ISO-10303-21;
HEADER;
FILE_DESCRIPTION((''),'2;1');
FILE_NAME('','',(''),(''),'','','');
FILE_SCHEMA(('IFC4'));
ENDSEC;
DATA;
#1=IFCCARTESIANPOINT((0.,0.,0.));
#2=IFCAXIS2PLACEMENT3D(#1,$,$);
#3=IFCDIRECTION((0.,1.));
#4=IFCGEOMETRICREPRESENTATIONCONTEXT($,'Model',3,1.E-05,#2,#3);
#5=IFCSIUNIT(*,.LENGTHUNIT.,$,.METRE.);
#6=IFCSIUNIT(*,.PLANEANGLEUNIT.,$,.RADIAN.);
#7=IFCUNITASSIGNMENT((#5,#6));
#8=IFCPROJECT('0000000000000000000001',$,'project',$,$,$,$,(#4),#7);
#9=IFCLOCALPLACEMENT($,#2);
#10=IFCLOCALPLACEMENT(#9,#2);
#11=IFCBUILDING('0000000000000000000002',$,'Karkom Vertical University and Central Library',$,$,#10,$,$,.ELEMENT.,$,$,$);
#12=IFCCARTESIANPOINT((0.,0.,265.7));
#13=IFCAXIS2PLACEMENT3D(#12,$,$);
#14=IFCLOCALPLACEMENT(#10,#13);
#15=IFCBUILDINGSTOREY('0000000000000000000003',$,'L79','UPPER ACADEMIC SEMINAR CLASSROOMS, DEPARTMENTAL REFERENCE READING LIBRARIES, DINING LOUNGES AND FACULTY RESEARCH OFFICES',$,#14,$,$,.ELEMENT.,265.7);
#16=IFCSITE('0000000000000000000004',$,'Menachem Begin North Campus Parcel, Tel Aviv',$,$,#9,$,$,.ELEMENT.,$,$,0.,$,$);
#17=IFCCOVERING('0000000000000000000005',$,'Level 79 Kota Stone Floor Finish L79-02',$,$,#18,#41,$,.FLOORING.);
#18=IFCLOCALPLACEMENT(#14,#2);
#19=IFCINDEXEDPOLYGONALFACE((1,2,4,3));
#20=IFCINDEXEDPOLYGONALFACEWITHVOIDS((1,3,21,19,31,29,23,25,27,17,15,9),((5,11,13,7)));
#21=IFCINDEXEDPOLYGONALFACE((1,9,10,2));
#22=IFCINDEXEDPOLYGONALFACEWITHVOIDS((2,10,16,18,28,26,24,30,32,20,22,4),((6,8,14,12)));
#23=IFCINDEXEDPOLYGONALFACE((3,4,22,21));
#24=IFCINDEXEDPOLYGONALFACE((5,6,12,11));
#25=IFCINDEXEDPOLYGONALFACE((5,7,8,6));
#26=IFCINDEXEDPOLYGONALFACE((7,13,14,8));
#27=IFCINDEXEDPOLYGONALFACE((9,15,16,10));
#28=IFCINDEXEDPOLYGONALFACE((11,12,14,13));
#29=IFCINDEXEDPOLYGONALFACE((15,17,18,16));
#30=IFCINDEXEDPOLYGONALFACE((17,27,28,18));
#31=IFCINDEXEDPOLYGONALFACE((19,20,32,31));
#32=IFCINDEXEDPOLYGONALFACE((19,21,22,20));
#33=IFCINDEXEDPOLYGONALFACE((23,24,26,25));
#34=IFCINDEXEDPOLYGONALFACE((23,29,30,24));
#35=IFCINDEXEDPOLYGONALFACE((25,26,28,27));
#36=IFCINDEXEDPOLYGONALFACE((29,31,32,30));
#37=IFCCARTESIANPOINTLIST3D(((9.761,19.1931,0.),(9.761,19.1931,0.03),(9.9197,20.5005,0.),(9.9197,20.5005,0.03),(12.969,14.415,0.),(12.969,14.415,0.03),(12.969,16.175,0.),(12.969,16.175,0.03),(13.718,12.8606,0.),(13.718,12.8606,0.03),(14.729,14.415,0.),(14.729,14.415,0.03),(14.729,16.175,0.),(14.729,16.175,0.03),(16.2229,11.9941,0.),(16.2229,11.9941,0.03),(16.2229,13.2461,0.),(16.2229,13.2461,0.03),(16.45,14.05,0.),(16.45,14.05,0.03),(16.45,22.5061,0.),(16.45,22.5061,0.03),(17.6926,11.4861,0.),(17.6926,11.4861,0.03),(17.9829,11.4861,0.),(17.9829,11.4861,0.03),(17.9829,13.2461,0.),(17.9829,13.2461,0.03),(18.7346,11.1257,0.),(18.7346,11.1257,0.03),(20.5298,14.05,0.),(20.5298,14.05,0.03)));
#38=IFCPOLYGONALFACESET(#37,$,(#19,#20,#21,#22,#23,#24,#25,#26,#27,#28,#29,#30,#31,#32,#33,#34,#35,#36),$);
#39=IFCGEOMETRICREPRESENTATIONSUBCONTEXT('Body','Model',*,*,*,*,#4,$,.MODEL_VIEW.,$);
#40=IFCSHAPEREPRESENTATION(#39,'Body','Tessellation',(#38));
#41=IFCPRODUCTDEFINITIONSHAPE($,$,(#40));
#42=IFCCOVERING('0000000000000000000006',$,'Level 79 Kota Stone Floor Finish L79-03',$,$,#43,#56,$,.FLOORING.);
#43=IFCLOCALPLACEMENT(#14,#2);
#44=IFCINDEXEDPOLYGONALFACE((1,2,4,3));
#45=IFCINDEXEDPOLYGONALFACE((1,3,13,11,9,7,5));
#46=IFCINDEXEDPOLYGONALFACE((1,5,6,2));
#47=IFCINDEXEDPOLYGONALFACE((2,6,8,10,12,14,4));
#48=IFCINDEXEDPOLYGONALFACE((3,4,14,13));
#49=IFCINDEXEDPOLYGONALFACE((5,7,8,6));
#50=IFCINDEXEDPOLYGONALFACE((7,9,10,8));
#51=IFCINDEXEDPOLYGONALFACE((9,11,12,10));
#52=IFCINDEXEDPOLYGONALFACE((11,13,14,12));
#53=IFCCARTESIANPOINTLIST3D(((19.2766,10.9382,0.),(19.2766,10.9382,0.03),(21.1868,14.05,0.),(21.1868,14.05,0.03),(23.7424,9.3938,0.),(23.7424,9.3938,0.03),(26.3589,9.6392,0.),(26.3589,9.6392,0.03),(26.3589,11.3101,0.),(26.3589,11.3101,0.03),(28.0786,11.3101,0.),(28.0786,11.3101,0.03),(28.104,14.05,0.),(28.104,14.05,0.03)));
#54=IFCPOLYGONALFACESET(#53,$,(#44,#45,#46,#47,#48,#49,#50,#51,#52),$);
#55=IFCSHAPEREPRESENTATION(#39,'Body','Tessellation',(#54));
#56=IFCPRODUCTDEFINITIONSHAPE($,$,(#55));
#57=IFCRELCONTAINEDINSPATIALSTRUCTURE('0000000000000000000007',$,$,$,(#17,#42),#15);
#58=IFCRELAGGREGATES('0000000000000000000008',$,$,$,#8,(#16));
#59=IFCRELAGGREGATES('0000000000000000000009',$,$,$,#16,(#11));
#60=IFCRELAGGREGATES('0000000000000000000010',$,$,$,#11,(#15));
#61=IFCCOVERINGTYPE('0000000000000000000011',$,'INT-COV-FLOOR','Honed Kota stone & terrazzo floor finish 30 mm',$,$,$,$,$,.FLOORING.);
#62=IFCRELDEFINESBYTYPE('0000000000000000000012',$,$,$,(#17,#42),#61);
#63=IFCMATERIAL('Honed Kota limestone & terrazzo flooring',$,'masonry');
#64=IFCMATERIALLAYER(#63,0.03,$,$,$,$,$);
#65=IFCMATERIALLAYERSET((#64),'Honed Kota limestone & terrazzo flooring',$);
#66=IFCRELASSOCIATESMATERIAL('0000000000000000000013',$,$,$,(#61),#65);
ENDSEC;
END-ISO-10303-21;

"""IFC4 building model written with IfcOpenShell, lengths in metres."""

from ifc_helpers import new_model, si_unit, direction, frame, origin, place, context, subcontext, project, spatial, polyline, outline, extrude, material, layer, layer_set, type_object, element, save


model = new_model("IFC4")

# Units and contexts
model_context = context("Model", 3, precision=1e-05, world=origin(), true_north=direction((0.0, 1.0)))
body_context = subcontext(model_context, "Body", "Model", "MODEL_VIEW")
ifc_project = project(units=[si_unit("LENGTHUNIT", "METRE"), si_unit("PLANEANGLEUNIT", "RADIAN")], contexts=[model_context])

# Site, building, storey
site_placement = place(None, origin())
site = spatial("IfcSite", under=ifc_project, at=site_placement, Name="Menachem Begin North Campus Parcel, Tel Aviv", CompositionType="ELEMENT", RefElevation=0.0)
building_placement = place(site_placement, origin())
building = spatial("IfcBuilding", under=site, at=building_placement, Name="Karkom Vertical University and Central Library", CompositionType="ELEMENT")
storey_placement = place(building_placement, frame((0.0, 0.0, 265.7)))
storey = spatial("IfcBuildingStorey", under=building, at=storey_placement, Name="L79", Description="UPPER ACADEMIC SEMINAR CLASSROOMS, DEPARTMENTAL REFERENCE READING LIBRARIES, DINING LOUNGES AND FACULTY RESEARCH OFFICES", CompositionType="ELEMENT", Elevation=265.7)

# Coverings
ifc_material_1 = material(Name="Honed Kota limestone & terrazzo flooring", Category="masonry")
ifc_layer_1 = layer(ifc_material_1, 0.03)
ifc_layer_set_1 = layer_set([ifc_layer_1], Name="Honed Kota limestone & terrazzo flooring")
covering_type_1 = type_object("IfcCoveringType", Name="INT-COV-FLOOR", Description="Honed Kota stone & terrazzo floor finish 30 mm", PredefinedType="FLOORING", material=ifc_layer_set_1)
covering_1_placement = place(storey_placement, origin())
element("IfcCovering", 1, at=covering_1_placement, inside=storey, type_object=covering_type_1, Name="Level 79 Kota Stone Floor Finish L79-02", PredefinedType="FLOORING", context=body_context, shape_type="SweptSolid", body=[
    extrude(outline(polyline([(13.718, 12.8606), (9.761, 19.1931), (9.9197, 20.5005), (16.45, 22.5061), (16.45, 14.05), (20.5298, 14.05), (18.7346, 11.1257), (17.6926, 11.4861), (17.9829, 11.4861), (17.9829, 13.2461), (16.2229, 13.2461), (16.2229, 11.9941), (13.718, 12.8606)]), holes=[polyline([(14.729, 14.415), (14.729, 16.175), (12.969, 16.175), (12.969, 14.415), (14.729, 14.415)])]), origin(), (0.0, 0.0, 1.0), 0.03),
])
covering_2_placement = place(storey_placement, origin())
element("IfcCovering", 2, at=covering_2_placement, inside=storey, type_object=covering_type_1, Name="Level 79 Kota Stone Floor Finish L79-03", PredefinedType="FLOORING", context=body_context, shape_type="SweptSolid", body=[
    extrude(outline(polyline([(19.2766, 10.9382), (21.1868, 14.05), (28.104, 14.05), (28.0786, 11.3101), (26.3589, 11.3101), (26.3589, 9.6392), (23.7424, 9.3938), (19.2766, 10.9382)])), origin(), (0.0, 0.0, 1.0), 0.03),
])

save(model, "model.ifc")
